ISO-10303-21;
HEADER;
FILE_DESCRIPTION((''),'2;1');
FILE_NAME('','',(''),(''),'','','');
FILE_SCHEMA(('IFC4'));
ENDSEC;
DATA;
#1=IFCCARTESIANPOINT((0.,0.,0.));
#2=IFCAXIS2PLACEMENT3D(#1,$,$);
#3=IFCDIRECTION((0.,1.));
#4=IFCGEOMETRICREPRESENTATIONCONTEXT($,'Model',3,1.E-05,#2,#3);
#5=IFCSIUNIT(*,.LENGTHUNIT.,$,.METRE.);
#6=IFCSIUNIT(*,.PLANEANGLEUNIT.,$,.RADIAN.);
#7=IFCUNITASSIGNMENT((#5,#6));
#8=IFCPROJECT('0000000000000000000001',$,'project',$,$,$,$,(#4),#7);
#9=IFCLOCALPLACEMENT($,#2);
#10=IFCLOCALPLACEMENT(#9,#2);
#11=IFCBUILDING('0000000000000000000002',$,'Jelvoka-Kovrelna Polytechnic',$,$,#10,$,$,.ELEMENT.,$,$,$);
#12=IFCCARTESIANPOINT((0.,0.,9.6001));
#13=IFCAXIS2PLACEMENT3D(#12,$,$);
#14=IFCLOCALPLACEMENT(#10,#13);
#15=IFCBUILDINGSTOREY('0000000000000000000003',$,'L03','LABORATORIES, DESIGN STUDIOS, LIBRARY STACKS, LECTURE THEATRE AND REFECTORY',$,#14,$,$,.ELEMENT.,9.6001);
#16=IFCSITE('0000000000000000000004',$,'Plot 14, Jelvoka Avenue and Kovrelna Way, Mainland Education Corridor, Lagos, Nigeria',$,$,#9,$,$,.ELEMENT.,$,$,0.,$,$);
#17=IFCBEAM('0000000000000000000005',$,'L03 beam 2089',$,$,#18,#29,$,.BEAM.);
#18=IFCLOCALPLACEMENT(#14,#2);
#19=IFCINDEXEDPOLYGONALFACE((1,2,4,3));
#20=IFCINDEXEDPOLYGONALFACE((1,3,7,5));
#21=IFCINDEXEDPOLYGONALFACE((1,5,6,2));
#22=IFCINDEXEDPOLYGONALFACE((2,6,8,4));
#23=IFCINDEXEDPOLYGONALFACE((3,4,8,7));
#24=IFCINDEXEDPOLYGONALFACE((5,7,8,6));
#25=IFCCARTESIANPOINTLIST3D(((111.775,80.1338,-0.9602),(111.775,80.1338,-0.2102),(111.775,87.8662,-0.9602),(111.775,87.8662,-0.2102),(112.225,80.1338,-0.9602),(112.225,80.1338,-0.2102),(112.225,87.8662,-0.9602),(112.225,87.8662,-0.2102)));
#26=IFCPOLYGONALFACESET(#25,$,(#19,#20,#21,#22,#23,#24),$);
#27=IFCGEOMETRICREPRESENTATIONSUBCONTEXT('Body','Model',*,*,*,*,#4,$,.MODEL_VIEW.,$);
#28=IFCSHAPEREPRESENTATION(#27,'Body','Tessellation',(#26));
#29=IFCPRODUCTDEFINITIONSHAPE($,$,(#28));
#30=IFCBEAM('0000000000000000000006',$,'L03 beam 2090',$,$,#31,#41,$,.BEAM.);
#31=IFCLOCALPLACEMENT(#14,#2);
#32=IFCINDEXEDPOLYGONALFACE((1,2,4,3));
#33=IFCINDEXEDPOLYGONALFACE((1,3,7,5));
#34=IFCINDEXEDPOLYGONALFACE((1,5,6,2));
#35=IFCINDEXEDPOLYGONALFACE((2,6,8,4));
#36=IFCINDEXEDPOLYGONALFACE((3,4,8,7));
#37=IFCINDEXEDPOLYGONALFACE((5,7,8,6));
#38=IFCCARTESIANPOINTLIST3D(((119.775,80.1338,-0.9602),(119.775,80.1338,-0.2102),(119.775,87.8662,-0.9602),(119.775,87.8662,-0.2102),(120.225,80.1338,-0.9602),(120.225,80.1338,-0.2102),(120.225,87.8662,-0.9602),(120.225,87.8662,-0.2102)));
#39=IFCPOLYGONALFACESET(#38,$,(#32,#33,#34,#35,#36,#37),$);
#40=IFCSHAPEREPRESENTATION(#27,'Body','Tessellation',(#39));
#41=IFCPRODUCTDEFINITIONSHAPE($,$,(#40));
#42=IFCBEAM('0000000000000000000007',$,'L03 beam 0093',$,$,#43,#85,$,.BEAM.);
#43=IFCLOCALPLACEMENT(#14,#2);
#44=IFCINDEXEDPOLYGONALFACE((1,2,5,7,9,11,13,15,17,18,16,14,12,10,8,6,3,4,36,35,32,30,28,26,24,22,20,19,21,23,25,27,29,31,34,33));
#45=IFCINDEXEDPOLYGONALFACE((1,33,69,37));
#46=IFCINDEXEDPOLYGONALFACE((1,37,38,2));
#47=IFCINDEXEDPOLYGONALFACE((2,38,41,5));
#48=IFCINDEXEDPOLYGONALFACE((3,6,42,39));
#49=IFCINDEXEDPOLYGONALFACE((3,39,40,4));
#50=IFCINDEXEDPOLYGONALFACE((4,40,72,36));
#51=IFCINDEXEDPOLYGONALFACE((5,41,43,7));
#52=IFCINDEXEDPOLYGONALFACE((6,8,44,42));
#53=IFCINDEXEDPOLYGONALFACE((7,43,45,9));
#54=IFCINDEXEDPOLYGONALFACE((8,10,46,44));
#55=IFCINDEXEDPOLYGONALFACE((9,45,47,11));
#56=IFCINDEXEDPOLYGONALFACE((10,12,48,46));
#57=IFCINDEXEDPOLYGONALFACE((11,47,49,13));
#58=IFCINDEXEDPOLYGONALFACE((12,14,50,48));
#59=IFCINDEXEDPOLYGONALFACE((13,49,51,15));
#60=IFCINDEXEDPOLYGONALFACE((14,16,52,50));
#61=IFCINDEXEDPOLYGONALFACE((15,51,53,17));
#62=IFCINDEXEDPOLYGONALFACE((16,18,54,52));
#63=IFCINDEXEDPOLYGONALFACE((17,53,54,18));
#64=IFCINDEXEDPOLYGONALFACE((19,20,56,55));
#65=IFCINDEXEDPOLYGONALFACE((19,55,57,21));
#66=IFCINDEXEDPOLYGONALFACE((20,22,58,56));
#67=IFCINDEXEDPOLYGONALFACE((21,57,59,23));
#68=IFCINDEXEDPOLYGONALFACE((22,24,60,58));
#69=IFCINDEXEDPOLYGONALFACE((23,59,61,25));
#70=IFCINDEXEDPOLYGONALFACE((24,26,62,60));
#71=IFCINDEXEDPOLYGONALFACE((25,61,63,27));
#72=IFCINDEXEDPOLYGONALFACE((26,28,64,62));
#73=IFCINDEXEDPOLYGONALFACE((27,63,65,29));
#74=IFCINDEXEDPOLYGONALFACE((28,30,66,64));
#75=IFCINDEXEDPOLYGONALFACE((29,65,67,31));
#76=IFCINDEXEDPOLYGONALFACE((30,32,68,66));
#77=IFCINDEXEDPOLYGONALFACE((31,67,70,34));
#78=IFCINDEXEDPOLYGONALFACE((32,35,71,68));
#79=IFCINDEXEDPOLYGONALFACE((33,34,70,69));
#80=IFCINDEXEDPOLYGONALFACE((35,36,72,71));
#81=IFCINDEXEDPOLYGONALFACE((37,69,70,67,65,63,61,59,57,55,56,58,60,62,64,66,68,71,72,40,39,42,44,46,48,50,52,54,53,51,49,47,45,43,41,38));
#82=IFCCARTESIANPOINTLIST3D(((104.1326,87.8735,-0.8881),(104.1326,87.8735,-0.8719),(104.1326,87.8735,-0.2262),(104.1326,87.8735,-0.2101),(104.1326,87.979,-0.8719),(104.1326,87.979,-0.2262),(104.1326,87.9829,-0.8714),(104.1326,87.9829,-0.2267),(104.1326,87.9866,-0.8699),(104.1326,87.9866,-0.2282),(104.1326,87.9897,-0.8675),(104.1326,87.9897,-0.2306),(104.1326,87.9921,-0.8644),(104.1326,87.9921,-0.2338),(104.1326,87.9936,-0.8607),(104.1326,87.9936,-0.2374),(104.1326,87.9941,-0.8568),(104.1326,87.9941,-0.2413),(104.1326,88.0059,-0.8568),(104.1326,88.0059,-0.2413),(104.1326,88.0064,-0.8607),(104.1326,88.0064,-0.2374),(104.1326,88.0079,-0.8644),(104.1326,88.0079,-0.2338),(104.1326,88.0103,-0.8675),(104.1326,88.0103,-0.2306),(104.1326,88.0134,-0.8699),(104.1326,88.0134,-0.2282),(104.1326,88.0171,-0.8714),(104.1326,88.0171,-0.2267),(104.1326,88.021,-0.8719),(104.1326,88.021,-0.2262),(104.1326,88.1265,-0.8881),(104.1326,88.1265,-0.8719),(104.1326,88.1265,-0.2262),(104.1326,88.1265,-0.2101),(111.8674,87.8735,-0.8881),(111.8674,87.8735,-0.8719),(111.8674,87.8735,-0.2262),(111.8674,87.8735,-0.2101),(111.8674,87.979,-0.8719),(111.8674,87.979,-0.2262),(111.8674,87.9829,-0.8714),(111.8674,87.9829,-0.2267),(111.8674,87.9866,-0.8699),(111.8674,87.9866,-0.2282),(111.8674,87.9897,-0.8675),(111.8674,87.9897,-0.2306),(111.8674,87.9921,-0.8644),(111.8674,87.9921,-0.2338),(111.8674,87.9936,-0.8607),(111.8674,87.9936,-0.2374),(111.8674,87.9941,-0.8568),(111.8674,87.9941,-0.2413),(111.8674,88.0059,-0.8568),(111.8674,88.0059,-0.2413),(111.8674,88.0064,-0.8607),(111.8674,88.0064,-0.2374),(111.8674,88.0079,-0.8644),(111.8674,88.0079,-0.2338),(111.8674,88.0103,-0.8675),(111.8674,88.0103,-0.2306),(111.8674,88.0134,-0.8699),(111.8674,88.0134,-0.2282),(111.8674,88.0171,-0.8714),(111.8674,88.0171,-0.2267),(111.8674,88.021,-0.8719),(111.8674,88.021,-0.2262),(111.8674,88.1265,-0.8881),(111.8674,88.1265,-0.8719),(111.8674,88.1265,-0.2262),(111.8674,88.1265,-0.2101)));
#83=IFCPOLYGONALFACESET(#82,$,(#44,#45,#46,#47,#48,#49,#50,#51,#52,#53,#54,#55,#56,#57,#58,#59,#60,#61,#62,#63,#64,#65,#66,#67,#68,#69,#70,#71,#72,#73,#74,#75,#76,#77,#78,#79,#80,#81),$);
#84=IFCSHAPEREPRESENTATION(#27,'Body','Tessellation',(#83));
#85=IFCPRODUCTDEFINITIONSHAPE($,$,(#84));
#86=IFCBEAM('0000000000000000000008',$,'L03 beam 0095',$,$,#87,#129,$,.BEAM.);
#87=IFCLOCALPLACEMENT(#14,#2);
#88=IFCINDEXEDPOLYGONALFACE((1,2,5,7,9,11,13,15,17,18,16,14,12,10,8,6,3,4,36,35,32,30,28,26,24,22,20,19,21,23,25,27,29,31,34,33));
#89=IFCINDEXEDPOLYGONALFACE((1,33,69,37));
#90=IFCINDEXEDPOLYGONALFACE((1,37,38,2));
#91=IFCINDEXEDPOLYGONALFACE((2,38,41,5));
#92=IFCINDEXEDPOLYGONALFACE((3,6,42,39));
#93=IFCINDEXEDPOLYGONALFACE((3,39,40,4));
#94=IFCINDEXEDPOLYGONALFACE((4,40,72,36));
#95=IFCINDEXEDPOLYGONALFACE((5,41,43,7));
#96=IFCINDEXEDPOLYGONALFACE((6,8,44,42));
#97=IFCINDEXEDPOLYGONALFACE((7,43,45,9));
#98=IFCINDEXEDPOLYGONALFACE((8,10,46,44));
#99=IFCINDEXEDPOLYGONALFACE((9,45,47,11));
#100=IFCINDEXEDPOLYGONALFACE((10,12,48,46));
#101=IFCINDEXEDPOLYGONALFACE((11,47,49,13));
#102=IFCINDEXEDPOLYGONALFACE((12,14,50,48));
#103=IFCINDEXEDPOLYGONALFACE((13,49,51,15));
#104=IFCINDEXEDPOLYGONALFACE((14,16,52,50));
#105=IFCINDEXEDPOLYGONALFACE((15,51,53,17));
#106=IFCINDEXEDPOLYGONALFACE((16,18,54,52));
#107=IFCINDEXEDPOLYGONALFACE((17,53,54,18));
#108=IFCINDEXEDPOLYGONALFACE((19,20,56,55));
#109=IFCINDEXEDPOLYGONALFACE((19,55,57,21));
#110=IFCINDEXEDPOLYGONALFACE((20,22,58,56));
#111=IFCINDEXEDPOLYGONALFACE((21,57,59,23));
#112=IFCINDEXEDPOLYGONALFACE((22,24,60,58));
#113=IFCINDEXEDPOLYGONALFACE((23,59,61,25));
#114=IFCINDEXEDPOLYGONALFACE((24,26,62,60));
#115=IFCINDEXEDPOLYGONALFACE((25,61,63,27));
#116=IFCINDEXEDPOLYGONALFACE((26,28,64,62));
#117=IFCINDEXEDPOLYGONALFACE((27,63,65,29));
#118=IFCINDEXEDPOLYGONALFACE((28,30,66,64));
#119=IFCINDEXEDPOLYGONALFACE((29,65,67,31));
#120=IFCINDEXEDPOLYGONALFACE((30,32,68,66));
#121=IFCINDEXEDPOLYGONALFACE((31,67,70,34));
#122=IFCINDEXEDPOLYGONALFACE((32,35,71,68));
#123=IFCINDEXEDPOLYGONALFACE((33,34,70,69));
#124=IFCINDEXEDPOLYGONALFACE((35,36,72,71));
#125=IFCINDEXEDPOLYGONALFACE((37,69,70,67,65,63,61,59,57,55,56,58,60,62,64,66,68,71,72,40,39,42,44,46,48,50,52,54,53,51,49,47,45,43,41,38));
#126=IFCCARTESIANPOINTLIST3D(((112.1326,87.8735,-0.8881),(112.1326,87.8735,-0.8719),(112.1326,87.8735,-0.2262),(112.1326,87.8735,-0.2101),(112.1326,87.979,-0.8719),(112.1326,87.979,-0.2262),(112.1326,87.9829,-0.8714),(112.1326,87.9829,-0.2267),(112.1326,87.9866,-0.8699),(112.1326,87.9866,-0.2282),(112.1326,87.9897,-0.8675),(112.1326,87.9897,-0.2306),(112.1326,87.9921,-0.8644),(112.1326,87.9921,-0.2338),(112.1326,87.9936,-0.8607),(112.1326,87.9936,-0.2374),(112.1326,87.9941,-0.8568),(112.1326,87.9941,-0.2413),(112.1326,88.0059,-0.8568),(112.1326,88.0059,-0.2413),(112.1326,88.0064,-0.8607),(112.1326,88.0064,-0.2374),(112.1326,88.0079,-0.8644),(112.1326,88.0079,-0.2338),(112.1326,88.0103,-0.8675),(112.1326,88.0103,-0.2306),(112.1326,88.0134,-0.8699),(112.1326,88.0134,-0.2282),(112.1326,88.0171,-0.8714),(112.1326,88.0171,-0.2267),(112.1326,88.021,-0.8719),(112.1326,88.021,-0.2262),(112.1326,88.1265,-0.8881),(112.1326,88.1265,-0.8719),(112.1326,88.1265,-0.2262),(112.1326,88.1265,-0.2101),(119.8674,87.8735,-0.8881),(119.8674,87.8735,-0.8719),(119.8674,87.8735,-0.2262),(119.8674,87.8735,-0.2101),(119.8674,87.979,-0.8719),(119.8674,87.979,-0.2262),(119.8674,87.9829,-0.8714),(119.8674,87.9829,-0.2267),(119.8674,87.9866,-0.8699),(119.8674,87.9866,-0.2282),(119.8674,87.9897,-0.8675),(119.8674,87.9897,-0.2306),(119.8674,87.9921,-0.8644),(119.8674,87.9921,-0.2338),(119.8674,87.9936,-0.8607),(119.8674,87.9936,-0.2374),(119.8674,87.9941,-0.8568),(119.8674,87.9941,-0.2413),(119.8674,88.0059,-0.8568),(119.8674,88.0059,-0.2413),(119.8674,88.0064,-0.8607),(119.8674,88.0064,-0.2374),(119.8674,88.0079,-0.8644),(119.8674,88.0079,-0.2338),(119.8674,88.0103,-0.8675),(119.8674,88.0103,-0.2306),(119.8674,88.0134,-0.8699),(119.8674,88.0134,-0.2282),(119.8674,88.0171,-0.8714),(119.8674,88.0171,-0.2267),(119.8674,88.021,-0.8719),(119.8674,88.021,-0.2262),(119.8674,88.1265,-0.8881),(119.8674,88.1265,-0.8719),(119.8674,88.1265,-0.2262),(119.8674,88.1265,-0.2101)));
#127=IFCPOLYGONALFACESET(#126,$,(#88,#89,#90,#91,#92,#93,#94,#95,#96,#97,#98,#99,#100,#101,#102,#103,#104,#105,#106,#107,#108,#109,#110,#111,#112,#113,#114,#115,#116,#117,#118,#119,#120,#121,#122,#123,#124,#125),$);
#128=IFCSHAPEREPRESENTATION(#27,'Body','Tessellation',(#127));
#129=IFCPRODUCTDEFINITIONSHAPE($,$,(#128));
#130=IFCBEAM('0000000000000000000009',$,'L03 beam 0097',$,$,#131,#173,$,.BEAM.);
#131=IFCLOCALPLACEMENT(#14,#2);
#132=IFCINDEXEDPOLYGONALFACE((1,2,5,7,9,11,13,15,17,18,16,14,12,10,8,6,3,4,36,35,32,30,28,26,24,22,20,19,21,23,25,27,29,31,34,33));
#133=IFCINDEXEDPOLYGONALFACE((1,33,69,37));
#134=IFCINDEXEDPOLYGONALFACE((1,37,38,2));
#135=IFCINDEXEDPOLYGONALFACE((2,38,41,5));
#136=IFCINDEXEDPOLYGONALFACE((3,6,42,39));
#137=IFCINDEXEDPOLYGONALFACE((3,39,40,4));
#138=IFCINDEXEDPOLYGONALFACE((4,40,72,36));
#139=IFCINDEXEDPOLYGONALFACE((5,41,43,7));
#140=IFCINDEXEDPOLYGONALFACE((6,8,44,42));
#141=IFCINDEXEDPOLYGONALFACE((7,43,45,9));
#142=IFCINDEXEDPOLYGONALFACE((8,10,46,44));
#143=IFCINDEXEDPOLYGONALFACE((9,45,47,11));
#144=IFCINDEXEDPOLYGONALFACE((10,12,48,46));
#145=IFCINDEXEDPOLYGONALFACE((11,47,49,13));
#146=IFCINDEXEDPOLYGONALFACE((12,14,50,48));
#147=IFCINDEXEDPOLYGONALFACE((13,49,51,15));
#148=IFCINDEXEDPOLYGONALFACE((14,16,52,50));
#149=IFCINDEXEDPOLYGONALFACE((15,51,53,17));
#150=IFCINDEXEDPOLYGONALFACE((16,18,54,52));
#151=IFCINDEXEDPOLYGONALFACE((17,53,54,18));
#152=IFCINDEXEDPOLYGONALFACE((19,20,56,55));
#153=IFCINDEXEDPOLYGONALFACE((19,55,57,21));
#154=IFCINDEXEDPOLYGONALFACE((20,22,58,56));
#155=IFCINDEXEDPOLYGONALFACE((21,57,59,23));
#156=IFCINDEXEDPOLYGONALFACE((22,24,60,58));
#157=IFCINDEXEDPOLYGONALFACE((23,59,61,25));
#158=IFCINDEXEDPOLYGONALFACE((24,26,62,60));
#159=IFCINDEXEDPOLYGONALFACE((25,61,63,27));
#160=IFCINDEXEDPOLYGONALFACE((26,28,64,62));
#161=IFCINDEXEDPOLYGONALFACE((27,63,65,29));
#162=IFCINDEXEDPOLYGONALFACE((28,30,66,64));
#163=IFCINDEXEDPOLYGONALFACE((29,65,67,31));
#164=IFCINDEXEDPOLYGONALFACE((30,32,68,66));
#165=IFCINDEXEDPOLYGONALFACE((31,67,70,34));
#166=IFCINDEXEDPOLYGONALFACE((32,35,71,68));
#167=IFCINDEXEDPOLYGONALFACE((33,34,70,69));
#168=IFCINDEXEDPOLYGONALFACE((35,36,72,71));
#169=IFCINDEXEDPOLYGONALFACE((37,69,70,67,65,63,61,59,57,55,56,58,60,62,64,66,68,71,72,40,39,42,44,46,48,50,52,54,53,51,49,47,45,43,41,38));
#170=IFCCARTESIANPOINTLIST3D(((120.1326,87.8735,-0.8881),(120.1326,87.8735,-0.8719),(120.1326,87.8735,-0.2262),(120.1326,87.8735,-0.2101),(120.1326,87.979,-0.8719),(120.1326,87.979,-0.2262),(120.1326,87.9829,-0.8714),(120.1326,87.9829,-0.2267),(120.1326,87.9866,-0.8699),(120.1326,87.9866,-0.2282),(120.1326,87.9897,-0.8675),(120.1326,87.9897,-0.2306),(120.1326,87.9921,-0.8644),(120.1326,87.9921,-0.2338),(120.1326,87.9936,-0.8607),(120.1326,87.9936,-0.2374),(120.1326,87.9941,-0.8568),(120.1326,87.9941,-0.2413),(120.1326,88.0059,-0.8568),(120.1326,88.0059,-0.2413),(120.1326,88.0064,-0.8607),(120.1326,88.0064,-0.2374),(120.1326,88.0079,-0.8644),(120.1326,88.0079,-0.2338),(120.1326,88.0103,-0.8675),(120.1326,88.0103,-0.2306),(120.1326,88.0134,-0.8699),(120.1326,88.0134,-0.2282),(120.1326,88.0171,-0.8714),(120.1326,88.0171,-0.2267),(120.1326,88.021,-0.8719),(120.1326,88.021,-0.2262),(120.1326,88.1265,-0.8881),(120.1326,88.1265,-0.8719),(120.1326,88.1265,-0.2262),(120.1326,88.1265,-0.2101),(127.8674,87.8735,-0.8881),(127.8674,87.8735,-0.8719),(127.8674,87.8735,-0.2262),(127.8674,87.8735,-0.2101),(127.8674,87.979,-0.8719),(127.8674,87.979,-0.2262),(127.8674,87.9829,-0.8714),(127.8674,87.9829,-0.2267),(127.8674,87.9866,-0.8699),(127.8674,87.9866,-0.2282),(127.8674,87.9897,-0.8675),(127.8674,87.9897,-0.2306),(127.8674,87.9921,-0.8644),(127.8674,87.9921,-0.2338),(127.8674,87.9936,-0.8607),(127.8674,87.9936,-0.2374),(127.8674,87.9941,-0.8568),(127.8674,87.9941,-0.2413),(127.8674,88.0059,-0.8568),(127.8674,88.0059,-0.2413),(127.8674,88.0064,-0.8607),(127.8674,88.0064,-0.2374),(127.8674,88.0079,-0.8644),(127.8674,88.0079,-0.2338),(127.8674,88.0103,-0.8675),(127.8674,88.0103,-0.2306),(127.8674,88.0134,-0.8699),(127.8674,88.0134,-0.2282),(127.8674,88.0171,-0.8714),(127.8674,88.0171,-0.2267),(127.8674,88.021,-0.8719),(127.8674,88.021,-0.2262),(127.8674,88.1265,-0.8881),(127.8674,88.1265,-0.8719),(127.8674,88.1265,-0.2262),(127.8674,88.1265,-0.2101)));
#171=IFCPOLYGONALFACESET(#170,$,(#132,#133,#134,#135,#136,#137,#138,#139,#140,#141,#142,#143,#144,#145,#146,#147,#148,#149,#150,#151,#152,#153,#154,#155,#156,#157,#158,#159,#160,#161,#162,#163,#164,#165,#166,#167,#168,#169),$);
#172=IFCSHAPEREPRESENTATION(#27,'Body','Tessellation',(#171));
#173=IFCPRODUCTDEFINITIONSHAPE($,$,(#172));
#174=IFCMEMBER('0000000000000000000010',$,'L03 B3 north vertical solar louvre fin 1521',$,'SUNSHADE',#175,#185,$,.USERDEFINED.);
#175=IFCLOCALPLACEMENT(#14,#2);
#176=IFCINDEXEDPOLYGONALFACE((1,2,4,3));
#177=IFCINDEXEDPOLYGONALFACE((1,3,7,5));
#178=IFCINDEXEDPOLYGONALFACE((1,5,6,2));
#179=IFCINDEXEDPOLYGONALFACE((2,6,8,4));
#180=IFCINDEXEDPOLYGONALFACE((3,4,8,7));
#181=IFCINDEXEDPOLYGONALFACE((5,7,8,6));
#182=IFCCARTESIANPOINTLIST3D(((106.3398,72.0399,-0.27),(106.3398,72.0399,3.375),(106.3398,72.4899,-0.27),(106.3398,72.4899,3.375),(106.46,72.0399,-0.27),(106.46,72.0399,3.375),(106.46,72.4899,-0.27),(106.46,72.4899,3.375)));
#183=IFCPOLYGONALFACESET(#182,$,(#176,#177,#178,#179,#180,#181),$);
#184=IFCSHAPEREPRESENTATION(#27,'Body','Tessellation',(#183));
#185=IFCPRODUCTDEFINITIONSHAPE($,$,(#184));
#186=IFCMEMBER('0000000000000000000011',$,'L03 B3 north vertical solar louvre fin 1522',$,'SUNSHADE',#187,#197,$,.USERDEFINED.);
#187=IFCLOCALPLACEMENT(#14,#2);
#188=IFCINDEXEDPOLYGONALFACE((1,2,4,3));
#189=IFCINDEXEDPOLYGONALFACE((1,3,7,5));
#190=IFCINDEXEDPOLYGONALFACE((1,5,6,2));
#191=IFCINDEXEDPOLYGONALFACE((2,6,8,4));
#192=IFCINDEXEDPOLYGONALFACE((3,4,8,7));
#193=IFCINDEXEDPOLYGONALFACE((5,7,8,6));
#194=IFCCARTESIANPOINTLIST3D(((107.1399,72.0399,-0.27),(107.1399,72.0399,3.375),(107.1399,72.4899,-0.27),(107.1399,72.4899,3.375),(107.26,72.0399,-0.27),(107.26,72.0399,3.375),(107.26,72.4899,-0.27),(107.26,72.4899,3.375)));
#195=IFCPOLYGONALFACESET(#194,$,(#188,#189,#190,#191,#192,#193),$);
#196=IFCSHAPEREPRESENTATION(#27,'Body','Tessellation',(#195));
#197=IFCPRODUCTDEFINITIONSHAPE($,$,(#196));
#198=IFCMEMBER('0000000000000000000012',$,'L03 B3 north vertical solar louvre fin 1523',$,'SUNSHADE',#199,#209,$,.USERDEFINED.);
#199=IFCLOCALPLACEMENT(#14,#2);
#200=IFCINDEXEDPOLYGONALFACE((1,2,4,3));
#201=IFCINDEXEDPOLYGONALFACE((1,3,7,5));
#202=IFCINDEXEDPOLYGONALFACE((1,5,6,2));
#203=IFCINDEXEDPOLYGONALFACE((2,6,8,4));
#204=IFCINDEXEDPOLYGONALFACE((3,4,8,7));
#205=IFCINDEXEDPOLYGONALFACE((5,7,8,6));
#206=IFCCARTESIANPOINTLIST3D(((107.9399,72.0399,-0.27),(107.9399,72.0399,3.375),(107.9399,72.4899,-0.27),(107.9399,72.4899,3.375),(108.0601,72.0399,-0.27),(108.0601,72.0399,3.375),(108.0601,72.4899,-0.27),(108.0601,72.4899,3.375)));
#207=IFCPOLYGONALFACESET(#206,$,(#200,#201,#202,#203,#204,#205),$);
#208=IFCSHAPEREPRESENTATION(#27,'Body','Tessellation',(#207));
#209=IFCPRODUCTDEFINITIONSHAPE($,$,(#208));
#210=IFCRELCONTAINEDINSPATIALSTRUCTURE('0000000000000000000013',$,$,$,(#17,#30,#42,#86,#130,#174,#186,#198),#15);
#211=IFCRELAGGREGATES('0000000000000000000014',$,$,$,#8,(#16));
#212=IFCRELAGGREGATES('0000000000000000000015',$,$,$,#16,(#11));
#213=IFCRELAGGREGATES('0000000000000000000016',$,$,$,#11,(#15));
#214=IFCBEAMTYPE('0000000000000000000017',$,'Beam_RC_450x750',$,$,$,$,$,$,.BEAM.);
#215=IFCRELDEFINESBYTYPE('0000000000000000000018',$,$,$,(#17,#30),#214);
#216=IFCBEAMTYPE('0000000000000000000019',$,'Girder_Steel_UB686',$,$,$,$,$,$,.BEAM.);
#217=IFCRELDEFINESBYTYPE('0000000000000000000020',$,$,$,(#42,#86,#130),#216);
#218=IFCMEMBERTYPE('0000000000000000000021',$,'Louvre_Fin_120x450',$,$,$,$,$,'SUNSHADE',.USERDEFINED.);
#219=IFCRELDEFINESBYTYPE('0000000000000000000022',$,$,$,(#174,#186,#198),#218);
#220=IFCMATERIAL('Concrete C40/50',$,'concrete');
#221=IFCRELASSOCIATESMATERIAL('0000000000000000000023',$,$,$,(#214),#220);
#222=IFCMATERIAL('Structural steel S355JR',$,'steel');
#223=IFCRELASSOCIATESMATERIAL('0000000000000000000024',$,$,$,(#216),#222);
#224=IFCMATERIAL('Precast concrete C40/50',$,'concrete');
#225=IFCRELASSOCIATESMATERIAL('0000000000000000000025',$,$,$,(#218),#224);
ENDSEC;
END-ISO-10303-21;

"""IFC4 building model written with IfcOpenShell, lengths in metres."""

from ifc_helpers import new_model, si_unit, direction, frame, origin, origin_2d, place, context, subcontext, project, spatial, rectangle, i_section, extrude, material, material_profile, profile_set, type_object, element, save


model = new_model("IFC4")

# Units and contexts
model_context = context("Model", 3, precision=1e-05, world=origin(), true_north=direction((0.0, 1.0)))
body_context = subcontext(model_context, "Body", "Model", "MODEL_VIEW")
ifc_project = project(units=[si_unit("LENGTHUNIT", "METRE"), si_unit("PLANEANGLEUNIT", "RADIAN")], contexts=[model_context])

# Site, building, storey
site_placement = place(None, origin())
site = spatial("IfcSite", under=ifc_project, at=site_placement, Name="Plot 14, Jelvoka Avenue and Kovrelna Way, Mainland Education Corridor, Lagos, Nigeria", CompositionType="ELEMENT", RefElevation=0.0)
building_placement = place(site_placement, origin())
building = spatial("IfcBuilding", under=site, at=building_placement, Name="Jelvoka-Kovrelna Polytechnic", CompositionType="ELEMENT")
storey_placement = place(building_placement, frame((0.0, 0.0, 9.6001)))
storey = spatial("IfcBuildingStorey", under=building, at=storey_placement, Name="L03", Description="LABORATORIES, DESIGN STUDIOS, LIBRARY STACKS, LECTURE THEATRE AND REFECTORY", CompositionType="ELEMENT", Elevation=9.6001)

# Beams
ifc_material_1 = material(Name="Concrete C40/50", Category="concrete")
ifc_material_profile_1 = material_profile(ifc_material_1, rectangle(XDim=0.45, YDim=0.75, at=origin_2d()), Name="RC 450x750")
ifc_profile_set_1 = profile_set([ifc_material_profile_1], Name="Concrete C40/50")
beam_type_1 = type_object("IfcBeamType", Name="Beam_RC_450x750", PredefinedType="BEAM", material=ifc_profile_set_1)
for number, where, z_axis, x_axis, name in (
    (1, (112.0, 80.1338, -0.5852), (0.0, 1.0, 0.0), (-1.0, 0.0, 0.0), "L03 beam 2089"),
    (2, (120.0, 80.1338, -0.5852), (0.0, 1.0, 0.0), (-1.0, 0.0, 0.0), "L03 beam 2090"),
):
    element("IfcBeam", number, at=place(storey_placement, frame(where, z_axis=z_axis, x_axis=x_axis)), inside=storey, type_object=beam_type_1, Name=name, PredefinedType="BEAM", context=body_context, shape_type="SweptSolid", body=[
        extrude(rectangle(XDim=0.45, YDim=0.75, at=origin_2d()), origin(), (0.0, 0.0, 1.0), 7.7324),
    ])
ifc_material_2 = material(Name="Structural steel S355JR", Category="steel")
ifc_material_profile_2 = material_profile(ifc_material_2, i_section(OverallWidth=0.2529, OverallDepth=0.678, WebThickness=0.0117, FlangeThickness=0.0161, FilletRadius=0.0151, at=origin_2d()), Name="686x254x125 UB")
ifc_profile_set_2 = profile_set([ifc_material_profile_2], Name="Structural steel S355JR")
beam_type_2 = type_object("IfcBeamType", Name="Girder_Steel_UB686", PredefinedType="BEAM", material=ifc_profile_set_2)
for number, where, z_axis, x_axis, name in (
    (3, (104.1326, 88.0, -0.5491), (1.0, 0.0, 0.0), (0.0, 1.0, 0.0), "L03 beam 0093"),
    (4, (112.1326, 88.0, -0.5491), (1.0, 0.0, 0.0), (0.0, 1.0, 0.0), "L03 beam 0095"),
    (5, (120.1326, 88.0, -0.5491), (1.0, 0.0, 0.0), (0.0, 1.0, 0.0), "L03 beam 0097"),
):
    element("IfcBeam", number, at=place(storey_placement, frame(where, z_axis=z_axis, x_axis=x_axis)), inside=storey, type_object=beam_type_2, Name=name, PredefinedType="BEAM", context=body_context, shape_type="SweptSolid", body=[
        extrude(i_section(OverallWidth=0.2529, OverallDepth=0.678, WebThickness=0.0117, FlangeThickness=0.0161, FilletRadius=0.0151, at=origin_2d()), origin(), (0.0, 0.0, 1.0), 7.7349),
    ])

# Members
ifc_material_3 = material(Name="Precast concrete C40/50", Category="concrete")
ifc_material_profile_3 = material_profile(ifc_material_3, rectangle(XDim=0.1201, YDim=0.45, at=origin_2d()), Name="PC 120x450")
ifc_profile_set_3 = profile_set([ifc_material_profile_3], Name="Precast concrete C40/50")
member_type_1 = type_object("IfcMemberType", Name="Louvre_Fin_120x450", ElementType="SUNSHADE", PredefinedType="USERDEFINED", material=ifc_profile_set_3)
for number, where, z_axis, x_axis, name in (
    (6, (106.3999, 72.2649, -0.27), (0.0, 0.0, 1.0), (1.0, 0.0, 0.0), "L03 B3 north vertical solar louvre fin 1521"),
    (7, (107.2, 72.2649, -0.27), (0.0, 0.0, 1.0), (1.0, 0.0, 0.0), "L03 B3 north vertical solar louvre fin 1522"),
    (8, (108.0, 72.2649, -0.27), (0.0, 0.0, 1.0), (1.0, 0.0, 0.0), "L03 B3 north vertical solar louvre fin 1523"),
):
    element("IfcMember", number, at=place(storey_placement, frame(where, z_axis=z_axis, x_axis=x_axis)), inside=storey, type_object=member_type_1, Name=name, ObjectType="SUNSHADE", PredefinedType="USERDEFINED", context=body_context, shape_type="SweptSolid", body=[
        extrude(rectangle(XDim=0.1201, YDim=0.45, at=origin_2d()), origin(), (0.0, 0.0, 1.0), 3.645),
    ])

save(model, "model.ifc")
